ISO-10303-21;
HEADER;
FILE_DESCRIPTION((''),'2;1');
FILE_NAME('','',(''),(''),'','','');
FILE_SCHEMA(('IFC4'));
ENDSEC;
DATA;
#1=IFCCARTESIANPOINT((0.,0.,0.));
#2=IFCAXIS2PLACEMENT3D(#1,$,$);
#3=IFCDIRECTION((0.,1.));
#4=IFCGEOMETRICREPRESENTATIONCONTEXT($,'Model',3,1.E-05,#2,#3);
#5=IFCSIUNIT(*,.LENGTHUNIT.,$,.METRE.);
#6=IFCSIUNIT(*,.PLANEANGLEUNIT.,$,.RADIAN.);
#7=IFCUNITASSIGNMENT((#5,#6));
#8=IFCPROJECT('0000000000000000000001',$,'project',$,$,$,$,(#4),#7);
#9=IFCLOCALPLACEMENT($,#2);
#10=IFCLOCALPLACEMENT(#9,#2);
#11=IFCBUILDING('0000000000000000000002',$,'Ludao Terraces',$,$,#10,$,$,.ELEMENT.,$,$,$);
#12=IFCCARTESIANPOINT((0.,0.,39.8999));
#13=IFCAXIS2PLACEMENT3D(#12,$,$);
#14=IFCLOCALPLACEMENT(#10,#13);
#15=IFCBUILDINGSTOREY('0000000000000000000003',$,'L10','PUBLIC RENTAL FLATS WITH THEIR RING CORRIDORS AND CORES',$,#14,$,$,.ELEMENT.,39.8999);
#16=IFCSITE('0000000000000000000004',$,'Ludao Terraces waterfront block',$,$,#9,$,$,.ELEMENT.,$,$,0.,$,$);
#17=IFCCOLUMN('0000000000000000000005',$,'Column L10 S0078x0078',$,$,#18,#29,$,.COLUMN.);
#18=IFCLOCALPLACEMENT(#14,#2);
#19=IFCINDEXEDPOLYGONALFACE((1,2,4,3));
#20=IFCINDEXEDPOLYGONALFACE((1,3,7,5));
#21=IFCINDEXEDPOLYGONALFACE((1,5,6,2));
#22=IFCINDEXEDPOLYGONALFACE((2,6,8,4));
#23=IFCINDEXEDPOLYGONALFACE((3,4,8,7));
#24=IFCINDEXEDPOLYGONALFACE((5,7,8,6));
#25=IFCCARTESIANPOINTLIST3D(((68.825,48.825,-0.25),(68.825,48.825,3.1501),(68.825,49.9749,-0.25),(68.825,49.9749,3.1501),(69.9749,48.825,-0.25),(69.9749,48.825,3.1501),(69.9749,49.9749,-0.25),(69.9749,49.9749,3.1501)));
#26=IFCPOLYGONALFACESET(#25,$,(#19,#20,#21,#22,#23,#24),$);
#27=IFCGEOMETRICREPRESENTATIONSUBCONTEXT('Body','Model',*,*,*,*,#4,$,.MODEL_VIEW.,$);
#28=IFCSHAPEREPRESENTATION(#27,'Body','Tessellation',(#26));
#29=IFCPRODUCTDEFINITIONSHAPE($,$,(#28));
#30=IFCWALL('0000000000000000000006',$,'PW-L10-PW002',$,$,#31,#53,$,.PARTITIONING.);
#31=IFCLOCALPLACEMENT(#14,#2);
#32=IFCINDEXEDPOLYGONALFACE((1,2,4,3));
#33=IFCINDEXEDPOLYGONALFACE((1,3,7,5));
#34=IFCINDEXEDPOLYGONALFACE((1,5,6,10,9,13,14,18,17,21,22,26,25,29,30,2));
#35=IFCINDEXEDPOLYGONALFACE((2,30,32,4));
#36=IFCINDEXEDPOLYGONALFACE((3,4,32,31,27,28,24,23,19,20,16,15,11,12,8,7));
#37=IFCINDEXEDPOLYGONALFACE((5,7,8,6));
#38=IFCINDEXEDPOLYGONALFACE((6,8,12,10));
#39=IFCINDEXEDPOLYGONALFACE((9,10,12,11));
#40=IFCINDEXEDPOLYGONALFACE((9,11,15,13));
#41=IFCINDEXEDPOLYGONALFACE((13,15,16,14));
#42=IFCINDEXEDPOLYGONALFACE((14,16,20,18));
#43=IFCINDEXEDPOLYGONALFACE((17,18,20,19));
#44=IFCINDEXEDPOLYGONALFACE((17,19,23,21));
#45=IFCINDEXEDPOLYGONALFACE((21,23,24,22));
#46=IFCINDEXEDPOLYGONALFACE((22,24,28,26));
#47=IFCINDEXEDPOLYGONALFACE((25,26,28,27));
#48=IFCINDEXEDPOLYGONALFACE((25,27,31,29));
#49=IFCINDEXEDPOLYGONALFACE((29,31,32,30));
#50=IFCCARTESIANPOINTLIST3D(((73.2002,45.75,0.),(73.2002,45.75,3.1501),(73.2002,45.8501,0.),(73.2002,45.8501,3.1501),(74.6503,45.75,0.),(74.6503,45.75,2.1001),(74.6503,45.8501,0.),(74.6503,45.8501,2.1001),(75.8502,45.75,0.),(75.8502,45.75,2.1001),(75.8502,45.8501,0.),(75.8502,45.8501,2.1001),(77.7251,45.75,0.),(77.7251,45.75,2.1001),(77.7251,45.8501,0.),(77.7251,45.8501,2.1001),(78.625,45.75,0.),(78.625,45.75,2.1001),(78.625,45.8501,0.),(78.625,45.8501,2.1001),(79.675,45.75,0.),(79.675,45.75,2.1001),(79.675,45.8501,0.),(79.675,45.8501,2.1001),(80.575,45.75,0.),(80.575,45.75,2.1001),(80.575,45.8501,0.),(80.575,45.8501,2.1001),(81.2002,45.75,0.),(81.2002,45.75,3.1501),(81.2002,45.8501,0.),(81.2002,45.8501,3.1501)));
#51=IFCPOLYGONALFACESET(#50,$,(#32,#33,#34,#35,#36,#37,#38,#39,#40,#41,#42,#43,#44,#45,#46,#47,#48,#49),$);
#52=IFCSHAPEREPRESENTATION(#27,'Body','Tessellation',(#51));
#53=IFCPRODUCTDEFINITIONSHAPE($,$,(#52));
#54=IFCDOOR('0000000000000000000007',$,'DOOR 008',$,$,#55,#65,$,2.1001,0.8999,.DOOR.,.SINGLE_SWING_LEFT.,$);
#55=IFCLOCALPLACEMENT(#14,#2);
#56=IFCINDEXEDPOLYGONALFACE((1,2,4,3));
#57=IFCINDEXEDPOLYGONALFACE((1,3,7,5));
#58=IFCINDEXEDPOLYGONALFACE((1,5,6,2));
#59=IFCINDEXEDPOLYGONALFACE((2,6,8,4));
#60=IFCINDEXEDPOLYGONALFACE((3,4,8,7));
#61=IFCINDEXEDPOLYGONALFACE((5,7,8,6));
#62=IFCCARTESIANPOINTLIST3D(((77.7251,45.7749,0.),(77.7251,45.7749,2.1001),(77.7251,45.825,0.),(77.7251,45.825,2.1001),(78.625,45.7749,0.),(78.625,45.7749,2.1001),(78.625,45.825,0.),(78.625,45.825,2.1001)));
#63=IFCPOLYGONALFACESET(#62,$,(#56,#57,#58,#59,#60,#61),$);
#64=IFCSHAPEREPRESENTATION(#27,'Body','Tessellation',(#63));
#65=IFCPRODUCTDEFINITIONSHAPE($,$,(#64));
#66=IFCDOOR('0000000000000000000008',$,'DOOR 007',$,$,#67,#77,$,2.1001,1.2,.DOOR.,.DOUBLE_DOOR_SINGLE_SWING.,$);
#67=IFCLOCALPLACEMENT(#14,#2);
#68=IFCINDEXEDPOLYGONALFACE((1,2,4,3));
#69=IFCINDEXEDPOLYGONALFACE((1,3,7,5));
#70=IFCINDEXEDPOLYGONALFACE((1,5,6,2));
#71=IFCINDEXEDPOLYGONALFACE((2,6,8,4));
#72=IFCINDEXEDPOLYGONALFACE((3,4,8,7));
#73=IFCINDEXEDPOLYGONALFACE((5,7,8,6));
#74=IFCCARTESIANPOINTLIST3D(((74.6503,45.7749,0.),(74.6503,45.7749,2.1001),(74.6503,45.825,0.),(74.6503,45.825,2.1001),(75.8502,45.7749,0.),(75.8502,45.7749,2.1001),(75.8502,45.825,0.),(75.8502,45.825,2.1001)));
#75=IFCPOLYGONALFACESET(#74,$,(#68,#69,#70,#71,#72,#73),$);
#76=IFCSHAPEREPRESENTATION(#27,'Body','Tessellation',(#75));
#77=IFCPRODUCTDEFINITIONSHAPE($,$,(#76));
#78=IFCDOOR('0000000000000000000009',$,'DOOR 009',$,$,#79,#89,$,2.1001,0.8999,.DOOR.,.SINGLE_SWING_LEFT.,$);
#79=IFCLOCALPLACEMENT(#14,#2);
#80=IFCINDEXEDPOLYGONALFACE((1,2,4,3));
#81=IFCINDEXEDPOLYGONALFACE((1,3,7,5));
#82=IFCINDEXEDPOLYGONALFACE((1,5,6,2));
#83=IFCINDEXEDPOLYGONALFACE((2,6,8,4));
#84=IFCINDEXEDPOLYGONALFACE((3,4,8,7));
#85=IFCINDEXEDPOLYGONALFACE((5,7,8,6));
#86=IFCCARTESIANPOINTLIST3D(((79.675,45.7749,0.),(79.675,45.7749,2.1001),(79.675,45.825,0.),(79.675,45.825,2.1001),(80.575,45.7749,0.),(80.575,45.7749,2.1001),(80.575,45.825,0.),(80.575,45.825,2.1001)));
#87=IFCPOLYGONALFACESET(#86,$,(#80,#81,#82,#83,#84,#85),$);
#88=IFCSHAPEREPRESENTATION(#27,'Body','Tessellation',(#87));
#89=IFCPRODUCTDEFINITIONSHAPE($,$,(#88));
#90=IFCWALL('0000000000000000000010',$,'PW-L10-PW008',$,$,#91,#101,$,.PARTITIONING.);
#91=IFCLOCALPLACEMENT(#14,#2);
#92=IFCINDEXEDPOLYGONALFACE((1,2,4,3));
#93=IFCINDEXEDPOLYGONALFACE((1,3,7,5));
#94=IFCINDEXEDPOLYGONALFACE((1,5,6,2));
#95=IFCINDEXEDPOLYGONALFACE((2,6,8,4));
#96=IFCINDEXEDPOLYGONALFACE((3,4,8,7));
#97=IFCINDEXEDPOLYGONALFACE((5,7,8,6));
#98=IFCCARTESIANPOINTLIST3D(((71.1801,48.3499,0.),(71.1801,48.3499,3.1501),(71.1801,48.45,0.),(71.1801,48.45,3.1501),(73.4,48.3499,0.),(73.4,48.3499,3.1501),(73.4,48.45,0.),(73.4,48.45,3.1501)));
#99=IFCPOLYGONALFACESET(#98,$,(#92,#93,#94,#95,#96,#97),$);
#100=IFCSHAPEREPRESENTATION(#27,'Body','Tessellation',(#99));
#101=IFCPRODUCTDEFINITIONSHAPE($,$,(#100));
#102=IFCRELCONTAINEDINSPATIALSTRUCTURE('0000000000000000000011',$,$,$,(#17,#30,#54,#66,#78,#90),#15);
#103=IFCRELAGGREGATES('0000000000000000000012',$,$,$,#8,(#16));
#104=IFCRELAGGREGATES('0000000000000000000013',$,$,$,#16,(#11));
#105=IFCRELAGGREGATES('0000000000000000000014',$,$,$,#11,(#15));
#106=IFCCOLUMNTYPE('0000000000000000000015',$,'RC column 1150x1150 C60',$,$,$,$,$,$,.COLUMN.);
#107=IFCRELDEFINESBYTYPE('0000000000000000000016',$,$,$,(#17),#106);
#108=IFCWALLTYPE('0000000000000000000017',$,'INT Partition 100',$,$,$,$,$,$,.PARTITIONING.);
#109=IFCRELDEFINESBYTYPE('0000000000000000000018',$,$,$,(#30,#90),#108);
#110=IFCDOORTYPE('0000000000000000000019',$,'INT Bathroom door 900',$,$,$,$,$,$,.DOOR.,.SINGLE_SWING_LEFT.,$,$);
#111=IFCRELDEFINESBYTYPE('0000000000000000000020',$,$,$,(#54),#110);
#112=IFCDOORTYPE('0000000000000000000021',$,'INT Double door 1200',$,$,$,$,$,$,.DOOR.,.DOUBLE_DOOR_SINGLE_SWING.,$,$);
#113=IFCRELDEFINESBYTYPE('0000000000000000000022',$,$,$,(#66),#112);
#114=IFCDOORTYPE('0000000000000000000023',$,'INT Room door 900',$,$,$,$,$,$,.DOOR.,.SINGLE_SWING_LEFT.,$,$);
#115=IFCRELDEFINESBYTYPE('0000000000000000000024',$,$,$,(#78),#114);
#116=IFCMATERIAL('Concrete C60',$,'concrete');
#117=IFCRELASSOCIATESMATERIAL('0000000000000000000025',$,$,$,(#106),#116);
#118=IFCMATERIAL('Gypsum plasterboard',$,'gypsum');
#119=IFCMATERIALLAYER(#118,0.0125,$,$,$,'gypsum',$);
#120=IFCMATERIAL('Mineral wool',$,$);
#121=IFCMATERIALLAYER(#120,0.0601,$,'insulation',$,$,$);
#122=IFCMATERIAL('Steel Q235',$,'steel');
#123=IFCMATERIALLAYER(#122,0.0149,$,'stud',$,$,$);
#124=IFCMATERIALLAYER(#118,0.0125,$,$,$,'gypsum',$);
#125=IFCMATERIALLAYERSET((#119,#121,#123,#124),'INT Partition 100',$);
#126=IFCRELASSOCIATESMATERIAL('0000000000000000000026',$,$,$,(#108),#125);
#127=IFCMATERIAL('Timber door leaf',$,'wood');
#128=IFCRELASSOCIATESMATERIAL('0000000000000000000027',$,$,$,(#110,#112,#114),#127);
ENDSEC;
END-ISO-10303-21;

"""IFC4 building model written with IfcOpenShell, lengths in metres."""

from ifc_helpers import new_model, si_unit, direction, frame, frame_2d, origin, origin_2d, place, context, subcontext, project, spatial, rectangle, extrude, material, layer, layer_set, material_profile, profile_set, type_object, element, fill, save


model = new_model("IFC4")

# Units and contexts
model_context = context("Model", 3, precision=1e-05, world=origin(), true_north=direction((0.0, 1.0)))
body_context = subcontext(model_context, "Body", "Model", "MODEL_VIEW")
ifc_project = project(units=[si_unit("LENGTHUNIT", "METRE"), si_unit("PLANEANGLEUNIT", "RADIAN")], contexts=[model_context])

# Site, building, storey
site_placement = place(None, origin())
site = spatial("IfcSite", under=ifc_project, at=site_placement, Name="Ludao Terraces waterfront block", CompositionType="ELEMENT", RefElevation=0.0)
building_placement = place(site_placement, origin())
building = spatial("IfcBuilding", under=site, at=building_placement, Name="Ludao Terraces", CompositionType="ELEMENT")
storey_placement = place(building_placement, frame((0.0, 0.0, 39.8999)))
storey = spatial("IfcBuildingStorey", under=building, at=storey_placement, Name="L10", Description="PUBLIC RENTAL FLATS WITH THEIR RING CORRIDORS AND CORES", CompositionType="ELEMENT", Elevation=39.8999)

# Column
ifc_material_1 = material(Name="Concrete C60", Category="concrete")
ifc_material_profile = material_profile(ifc_material_1, rectangle(XDim=1.1499, YDim=1.1499, at=origin_2d()), Name="1150 X 1150")
ifc_profile_set = profile_set([ifc_material_profile], Name="Concrete C60")
column_type = type_object("IfcColumnType", Name="RC column 1150x1150 C60", PredefinedType="COLUMN", material=ifc_profile_set)
column_placement = place(storey_placement, frame((69.3999, 49.3999, -0.25), z_axis=(0.0, 0.0, 1.0), x_axis=(1.0, 0.0, 0.0)))
element("IfcColumn", 1, at=column_placement, inside=storey, type_object=column_type, Name="Column L10 S0078x0078", PredefinedType="COLUMN", context=body_context, shape_type="SweptSolid", body=[
    extrude(rectangle(XDim=1.1499, YDim=1.1499, at=origin_2d()), origin(), (0.0, 0.0, 1.0), 3.4001),
])

# Wall, openings, doors
ifc_material_2 = material(Name="Gypsum plasterboard", Category="gypsum")
ifc_layer_1 = layer(ifc_material_2, 0.0125, Category="gypsum")
ifc_material_3 = material(Name="Mineral wool")
ifc_layer_2 = layer(ifc_material_3, 0.0601, Name="insulation")
ifc_material_4 = material(Name="Steel Q235", Category="steel")
ifc_layer_3 = layer(ifc_material_4, 0.0149, Name="stud")
ifc_layer_4 = layer(ifc_material_2, 0.0125, Category="gypsum")
ifc_layer_set_1 = layer_set([ifc_layer_1, ifc_layer_2, ifc_layer_3, ifc_layer_4], Name="INT Partition 100")
wall_type_1 = type_object("IfcWallType", Name="INT Partition 100", PredefinedType="PARTITIONING", material=ifc_layer_set_1)
wall_1_placement = place(storey_placement, frame((73.2002, 45.8, 0.0), z_axis=(0.0, 0.0, 1.0), x_axis=(1.0, 0.0, 0.0)))
wall_1 = element("IfcWall", 2, at=wall_1_placement, inside=storey, type_object=wall_type_1, Name="PW-L10-PW002", PredefinedType="PARTITIONING", context=body_context, shape_type="SweptSolid", body=[
    extrude(rectangle(XDim=8.0, YDim=0.1001, at=frame_2d((4.0, 0.0))), origin(), (0.0, 0.0, 1.0), 3.1501),
])
opening_1_placement = place(wall_1_placement, frame((1.45, 0.0, 0.0)))
opening_1 = element("IfcOpeningElement", 3, at=opening_1_placement, cuts=wall_1, PredefinedType="OPENING", context=body_context, shape_type="SweptSolid", body=[
    extrude(rectangle(XDim=1.2, YDim=2.1001, at=frame_2d((0.6001, 1.05))), frame((0.0, 0.0601, 0.0), z_axis=(0.0, -1.0, 0.0), x_axis=(1.0, 0.0, 0.0)), (0.0, 0.0, 1.0), 0.1201),
])
opening_2_placement = place(wall_1_placement, frame((4.5249, 0.0, 0.0)))
opening_2 = element("IfcOpeningElement", 4, at=opening_2_placement, cuts=wall_1, PredefinedType="OPENING", context=body_context, shape_type="SweptSolid", body=[
    extrude(rectangle(XDim=0.8999, YDim=2.1001, at=frame_2d((0.45, 1.05))), frame((0.0, 0.0601, 0.0), z_axis=(0.0, -1.0, 0.0), x_axis=(1.0, 0.0, 0.0)), (0.0, 0.0, 1.0), 0.1201),
])
opening_3_placement = place(wall_1_placement, frame((6.4749, 0.0, 0.0)))
opening_3 = element("IfcOpeningElement", 5, at=opening_3_placement, cuts=wall_1, PredefinedType="OPENING", context=body_context, shape_type="SweptSolid", body=[
    extrude(rectangle(XDim=0.8999, YDim=2.1001, at=frame_2d((0.45, 1.05))), frame((0.0, 0.0601, 0.0), z_axis=(0.0, -1.0, 0.0), x_axis=(1.0, 0.0, 0.0)), (0.0, 0.0, 1.0), 0.1201),
])
ifc_material_5 = material(Name="Timber door leaf", Category="wood")
door_type_1 = type_object("IfcDoorType", Name="INT Bathroom door 900", OperationType="SINGLE_SWING_LEFT", PredefinedType="DOOR", material=ifc_material_5)
door_1_placement = place(opening_2_placement, origin())
door_1 = element("IfcDoor", 6, at=door_1_placement, inside=storey, type_object=door_type_1, Name="DOOR 008", OperationType="SINGLE_SWING_LEFT", OverallHeight=2.1001, OverallWidth=0.8999, PredefinedType="DOOR", context=body_context, shape_type="SweptSolid", body=[
    extrude(rectangle(XDim=0.8999, YDim=2.1001, at=frame_2d((0.45, 1.05))), frame((0.0, 0.0249, 0.0), z_axis=(0.0, -1.0, 0.0), x_axis=(1.0, 0.0, 0.0)), (0.0, 0.0, 1.0), 0.05),
])
fill(opening_2, door_1)
door_type_2 = type_object("IfcDoorType", Name="INT Double door 1200", OperationType="DOUBLE_DOOR_SINGLE_SWING", PredefinedType="DOOR", material=ifc_material_5)
door_2_placement = place(opening_1_placement, origin())
door_2 = element("IfcDoor", 7, at=door_2_placement, inside=storey, type_object=door_type_2, Name="DOOR 007", OperationType="DOUBLE_DOOR_SINGLE_SWING", OverallHeight=2.1001, OverallWidth=1.2, PredefinedType="DOOR", context=body_context, shape_type="SweptSolid", body=[
    extrude(rectangle(XDim=1.2, YDim=2.1001, at=frame_2d((0.6001, 1.05))), frame((0.0, 0.0249, 0.0), z_axis=(0.0, -1.0, 0.0), x_axis=(1.0, 0.0, 0.0)), (0.0, 0.0, 1.0), 0.05),
])
fill(opening_1, door_2)
door_type_3 = type_object("IfcDoorType", Name="INT Room door 900", OperationType="SINGLE_SWING_LEFT", PredefinedType="DOOR", material=ifc_material_5)
door_3_placement = place(opening_3_placement, origin())
door_3 = element("IfcDoor", 8, at=door_3_placement, inside=storey, type_object=door_type_3, Name="DOOR 009", OperationType="SINGLE_SWING_LEFT", OverallHeight=2.1001, OverallWidth=0.8999, PredefinedType="DOOR", context=body_context, shape_type="SweptSolid", body=[
    extrude(rectangle(XDim=0.8999, YDim=2.1001, at=frame_2d((0.45, 1.05))), frame((0.0, 0.0249, 0.0), z_axis=(0.0, -1.0, 0.0), x_axis=(1.0, 0.0, 0.0)), (0.0, 0.0, 1.0), 0.05),
])
fill(opening_3, door_3)

# Wall
wall_2_placement = place(storey_placement, frame((71.1802, 48.3999, 0.0), z_axis=(0.0, 0.0, 1.0), x_axis=(1.0, 0.0, 0.0)))
element("IfcWall", 9, at=wall_2_placement, inside=storey, type_object=wall_type_1, Name="PW-L10-PW008", PredefinedType="PARTITIONING", context=body_context, shape_type="SweptSolid", body=[
    extrude(rectangle(XDim=2.22, YDim=0.1001, at=frame_2d((1.1099, 0.0))), origin(), (0.0, 0.0, 1.0), 3.1501),
])

save(model, "model.ifc")
